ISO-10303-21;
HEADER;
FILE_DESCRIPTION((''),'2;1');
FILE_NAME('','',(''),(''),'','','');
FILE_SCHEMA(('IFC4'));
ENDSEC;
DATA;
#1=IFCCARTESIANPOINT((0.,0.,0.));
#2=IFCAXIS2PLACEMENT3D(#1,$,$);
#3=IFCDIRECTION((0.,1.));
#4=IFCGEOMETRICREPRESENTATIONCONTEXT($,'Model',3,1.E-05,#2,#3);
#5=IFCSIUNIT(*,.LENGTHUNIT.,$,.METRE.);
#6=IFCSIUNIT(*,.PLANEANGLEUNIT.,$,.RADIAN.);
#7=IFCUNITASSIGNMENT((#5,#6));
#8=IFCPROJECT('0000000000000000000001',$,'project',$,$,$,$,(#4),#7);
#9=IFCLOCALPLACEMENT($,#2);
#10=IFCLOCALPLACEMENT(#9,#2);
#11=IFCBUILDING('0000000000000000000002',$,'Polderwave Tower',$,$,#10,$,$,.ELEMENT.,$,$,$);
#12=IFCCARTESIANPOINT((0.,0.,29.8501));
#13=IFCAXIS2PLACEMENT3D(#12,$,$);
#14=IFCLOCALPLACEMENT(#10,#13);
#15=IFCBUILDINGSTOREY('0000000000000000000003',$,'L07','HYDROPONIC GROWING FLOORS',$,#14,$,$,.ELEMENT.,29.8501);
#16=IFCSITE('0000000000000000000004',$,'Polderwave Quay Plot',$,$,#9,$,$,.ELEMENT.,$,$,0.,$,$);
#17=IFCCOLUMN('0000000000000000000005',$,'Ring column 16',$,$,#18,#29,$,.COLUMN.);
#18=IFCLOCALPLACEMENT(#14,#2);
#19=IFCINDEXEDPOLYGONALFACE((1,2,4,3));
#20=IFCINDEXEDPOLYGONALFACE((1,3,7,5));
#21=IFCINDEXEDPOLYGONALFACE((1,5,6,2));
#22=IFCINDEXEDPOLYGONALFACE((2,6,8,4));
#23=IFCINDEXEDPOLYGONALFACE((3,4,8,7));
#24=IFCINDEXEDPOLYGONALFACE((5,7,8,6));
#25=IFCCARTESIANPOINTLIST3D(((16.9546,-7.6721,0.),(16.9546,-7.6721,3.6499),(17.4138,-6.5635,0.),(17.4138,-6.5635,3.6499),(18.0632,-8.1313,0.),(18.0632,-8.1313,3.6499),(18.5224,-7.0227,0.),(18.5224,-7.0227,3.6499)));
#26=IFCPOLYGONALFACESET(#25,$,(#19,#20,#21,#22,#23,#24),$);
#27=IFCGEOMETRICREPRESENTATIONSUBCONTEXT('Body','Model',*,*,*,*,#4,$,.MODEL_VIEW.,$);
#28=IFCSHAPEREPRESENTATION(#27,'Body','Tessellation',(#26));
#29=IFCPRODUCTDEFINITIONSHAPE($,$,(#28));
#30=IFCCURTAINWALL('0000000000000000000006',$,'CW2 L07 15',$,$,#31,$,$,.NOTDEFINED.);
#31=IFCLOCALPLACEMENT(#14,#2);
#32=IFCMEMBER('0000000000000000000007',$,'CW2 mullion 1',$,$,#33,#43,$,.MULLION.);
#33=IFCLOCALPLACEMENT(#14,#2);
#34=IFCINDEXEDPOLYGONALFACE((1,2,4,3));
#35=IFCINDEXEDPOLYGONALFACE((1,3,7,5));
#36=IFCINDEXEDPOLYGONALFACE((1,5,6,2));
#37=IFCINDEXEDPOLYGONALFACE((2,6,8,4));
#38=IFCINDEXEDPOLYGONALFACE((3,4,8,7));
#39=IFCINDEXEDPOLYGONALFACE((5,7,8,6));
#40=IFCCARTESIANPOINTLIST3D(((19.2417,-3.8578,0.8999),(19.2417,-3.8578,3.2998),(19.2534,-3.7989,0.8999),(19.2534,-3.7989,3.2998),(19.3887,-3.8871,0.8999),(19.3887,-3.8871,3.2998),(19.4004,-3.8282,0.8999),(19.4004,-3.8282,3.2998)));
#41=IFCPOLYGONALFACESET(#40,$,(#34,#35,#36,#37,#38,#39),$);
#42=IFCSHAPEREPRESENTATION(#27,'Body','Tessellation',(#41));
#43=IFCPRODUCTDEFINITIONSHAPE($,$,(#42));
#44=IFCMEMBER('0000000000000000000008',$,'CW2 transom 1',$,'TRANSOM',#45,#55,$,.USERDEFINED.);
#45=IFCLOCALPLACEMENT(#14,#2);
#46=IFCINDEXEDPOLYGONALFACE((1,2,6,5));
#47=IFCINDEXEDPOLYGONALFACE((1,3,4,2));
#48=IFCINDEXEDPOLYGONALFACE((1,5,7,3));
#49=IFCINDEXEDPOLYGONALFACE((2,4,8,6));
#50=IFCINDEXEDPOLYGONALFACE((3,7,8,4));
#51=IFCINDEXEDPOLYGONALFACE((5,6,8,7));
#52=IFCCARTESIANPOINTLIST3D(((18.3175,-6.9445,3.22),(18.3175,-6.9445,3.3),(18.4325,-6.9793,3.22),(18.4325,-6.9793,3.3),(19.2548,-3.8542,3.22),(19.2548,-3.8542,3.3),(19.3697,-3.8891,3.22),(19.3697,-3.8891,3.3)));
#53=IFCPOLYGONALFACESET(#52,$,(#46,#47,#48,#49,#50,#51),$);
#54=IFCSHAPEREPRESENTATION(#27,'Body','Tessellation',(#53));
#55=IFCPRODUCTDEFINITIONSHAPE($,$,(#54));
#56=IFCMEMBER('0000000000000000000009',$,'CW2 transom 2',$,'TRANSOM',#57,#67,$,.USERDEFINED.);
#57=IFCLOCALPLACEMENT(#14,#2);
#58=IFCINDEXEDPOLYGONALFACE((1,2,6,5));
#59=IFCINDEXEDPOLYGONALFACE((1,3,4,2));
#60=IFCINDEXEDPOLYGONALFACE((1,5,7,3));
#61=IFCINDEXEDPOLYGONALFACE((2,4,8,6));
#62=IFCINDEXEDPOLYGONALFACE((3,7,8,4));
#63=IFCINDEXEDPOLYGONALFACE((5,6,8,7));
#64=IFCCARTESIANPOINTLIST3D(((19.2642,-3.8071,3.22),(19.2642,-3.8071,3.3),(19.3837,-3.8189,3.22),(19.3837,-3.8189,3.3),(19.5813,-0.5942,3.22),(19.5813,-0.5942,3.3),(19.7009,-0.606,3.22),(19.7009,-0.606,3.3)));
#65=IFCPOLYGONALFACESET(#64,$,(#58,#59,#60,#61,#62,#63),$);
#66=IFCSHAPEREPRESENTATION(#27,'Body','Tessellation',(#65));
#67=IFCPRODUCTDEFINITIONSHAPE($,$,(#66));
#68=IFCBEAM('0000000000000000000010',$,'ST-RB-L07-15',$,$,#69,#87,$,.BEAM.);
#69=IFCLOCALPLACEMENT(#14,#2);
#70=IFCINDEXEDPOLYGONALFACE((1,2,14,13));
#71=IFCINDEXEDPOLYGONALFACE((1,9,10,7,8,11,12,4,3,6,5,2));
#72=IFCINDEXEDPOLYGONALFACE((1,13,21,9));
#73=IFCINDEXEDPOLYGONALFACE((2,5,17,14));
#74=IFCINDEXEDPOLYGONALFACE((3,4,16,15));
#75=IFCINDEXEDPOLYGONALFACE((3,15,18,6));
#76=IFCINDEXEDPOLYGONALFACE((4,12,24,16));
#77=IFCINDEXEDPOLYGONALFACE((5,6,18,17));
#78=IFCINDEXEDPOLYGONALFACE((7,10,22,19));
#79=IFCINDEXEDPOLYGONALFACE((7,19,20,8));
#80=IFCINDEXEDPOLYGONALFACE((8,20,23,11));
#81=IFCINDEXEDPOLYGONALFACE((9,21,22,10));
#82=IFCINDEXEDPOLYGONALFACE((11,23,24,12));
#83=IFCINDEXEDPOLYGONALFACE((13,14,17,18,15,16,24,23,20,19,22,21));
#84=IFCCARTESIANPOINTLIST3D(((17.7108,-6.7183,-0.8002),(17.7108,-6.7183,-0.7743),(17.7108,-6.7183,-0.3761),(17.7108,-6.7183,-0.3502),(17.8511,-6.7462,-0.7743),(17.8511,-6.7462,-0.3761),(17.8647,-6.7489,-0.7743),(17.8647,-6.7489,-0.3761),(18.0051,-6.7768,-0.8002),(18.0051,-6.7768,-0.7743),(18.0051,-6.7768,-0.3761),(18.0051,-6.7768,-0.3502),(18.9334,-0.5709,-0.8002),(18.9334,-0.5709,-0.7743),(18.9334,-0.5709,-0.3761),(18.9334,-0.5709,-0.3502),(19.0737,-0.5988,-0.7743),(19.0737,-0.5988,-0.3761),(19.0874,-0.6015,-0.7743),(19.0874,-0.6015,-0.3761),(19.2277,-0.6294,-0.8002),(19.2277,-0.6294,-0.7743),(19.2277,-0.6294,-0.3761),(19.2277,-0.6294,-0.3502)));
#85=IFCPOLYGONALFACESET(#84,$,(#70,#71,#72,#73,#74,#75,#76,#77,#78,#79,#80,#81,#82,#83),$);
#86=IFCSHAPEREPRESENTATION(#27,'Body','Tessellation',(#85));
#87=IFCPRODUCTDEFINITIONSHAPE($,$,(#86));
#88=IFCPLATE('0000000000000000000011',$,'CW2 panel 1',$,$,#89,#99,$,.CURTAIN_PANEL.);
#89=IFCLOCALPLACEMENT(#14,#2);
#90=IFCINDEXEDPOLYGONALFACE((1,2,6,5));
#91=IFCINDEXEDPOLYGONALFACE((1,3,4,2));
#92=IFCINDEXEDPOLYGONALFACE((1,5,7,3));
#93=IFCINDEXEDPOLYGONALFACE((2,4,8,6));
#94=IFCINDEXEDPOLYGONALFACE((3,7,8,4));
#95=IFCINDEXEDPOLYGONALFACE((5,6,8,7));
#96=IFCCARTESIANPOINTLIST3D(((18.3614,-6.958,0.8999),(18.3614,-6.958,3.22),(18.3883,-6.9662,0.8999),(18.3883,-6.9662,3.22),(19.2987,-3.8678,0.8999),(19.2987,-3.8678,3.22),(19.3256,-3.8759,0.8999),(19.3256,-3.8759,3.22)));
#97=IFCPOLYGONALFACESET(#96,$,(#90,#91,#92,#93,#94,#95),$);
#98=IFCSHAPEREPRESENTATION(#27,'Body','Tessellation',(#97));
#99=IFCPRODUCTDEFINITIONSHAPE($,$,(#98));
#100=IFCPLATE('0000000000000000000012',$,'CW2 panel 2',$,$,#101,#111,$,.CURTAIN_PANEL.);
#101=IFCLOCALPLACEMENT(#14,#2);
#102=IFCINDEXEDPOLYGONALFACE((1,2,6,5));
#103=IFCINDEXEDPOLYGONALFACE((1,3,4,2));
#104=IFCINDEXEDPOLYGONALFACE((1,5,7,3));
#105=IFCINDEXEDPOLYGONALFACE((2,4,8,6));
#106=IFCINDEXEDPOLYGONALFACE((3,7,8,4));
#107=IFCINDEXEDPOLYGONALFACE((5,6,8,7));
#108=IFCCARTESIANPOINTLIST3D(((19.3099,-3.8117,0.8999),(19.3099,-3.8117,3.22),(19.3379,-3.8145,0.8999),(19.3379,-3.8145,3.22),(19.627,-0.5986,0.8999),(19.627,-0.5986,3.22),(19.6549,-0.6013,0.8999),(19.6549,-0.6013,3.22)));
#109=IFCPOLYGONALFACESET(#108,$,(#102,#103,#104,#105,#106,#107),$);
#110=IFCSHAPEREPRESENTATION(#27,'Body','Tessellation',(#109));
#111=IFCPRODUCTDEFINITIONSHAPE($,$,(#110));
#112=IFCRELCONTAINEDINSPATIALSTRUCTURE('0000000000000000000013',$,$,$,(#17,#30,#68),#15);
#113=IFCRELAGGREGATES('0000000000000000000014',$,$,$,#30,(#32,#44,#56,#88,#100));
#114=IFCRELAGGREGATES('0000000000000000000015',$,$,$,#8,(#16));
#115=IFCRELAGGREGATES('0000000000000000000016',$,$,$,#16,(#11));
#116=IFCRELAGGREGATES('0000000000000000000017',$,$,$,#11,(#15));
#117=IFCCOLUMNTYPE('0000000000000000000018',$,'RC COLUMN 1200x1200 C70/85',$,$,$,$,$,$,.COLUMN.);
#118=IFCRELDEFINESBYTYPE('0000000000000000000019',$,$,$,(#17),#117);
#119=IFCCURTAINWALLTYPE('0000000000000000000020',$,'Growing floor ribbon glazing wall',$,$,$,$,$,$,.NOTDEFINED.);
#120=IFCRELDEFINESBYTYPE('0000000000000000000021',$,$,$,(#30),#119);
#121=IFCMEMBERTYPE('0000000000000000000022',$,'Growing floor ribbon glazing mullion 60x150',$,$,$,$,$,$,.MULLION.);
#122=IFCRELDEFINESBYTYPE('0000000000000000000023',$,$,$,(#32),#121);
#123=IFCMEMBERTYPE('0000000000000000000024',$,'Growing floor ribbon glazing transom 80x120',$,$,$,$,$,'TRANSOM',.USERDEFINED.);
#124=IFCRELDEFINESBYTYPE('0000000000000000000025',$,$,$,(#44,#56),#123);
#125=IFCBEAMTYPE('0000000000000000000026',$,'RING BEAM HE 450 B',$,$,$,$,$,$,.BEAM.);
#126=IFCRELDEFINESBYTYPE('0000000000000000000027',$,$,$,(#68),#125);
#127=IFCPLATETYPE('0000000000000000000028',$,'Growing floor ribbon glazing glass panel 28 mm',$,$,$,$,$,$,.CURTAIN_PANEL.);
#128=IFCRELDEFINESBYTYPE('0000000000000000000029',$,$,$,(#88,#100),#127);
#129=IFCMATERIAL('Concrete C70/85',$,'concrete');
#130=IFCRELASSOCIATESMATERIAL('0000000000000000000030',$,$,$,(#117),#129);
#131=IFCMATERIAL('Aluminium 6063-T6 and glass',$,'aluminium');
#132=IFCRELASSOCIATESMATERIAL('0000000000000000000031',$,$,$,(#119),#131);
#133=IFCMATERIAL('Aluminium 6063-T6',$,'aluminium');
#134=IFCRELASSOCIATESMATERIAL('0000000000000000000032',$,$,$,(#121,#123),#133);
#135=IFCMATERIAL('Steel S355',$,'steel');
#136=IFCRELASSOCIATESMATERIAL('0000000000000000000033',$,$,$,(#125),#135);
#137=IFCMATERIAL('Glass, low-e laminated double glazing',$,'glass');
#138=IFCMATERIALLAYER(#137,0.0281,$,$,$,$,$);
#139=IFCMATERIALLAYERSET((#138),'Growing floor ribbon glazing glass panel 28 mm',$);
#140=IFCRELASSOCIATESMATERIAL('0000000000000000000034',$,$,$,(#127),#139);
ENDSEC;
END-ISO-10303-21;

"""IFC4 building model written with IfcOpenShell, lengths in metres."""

from ifc_helpers import new_model, si_unit, direction, frame, origin, origin_2d, place, context, subcontext, project, spatial, rectangle, i_section, extrude, material, layer, layer_set, material_profile, profile_set, type_object, element, aggregate, save


model = new_model("IFC4")

# Units and contexts
model_context = context("Model", 3, precision=1e-05, world=origin(), true_north=direction((0.0, 1.0)))
body_context = subcontext(model_context, "Body", "Model", "MODEL_VIEW")
ifc_project = project(units=[si_unit("LENGTHUNIT", "METRE"), si_unit("PLANEANGLEUNIT", "RADIAN")], contexts=[model_context])

# Site, building, storey
site_placement = place(None, origin())
site = spatial("IfcSite", under=ifc_project, at=site_placement, Name="Polderwave Quay Plot", CompositionType="ELEMENT", RefElevation=0.0)
building_placement = place(site_placement, origin())
building = spatial("IfcBuilding", under=site, at=building_placement, Name="Polderwave Tower", CompositionType="ELEMENT")
storey_placement = place(building_placement, frame((0.0, 0.0, 29.8501)))
storey = spatial("IfcBuildingStorey", under=building, at=storey_placement, Name="L07", Description="HYDROPONIC GROWING FLOORS", CompositionType="ELEMENT", Elevation=29.8501)

# Column
ifc_material_1 = material(Name="Concrete C70/85", Category="concrete")
ifc_material_profile_1 = material_profile(ifc_material_1, rectangle(XDim=1.2, YDim=1.2, at=origin_2d()), Name="RC 1200x1200")
ifc_profile_set_1 = profile_set([ifc_material_profile_1], Name="Concrete C70/85")
column_type = type_object("IfcColumnType", Name="RC COLUMN 1200x1200 C70/85", PredefinedType="COLUMN", material=ifc_profile_set_1)
column_placement = place(storey_placement, frame((17.7385, -7.3474, 0.0), z_axis=(0.0, 0.0, 1.0), x_axis=(0.92388, -0.382683, 0.0)))
element("IfcColumn", 1, at=column_placement, inside=storey, type_object=column_type, Name="Ring column 16", PredefinedType="COLUMN", context=body_context, shape_type="SweptSolid", body=[
    extrude(rectangle(XDim=1.2, YDim=1.2, at=origin_2d()), origin(), (0.0, 0.0, 1.0), 3.6499),
])

# Curtain wall, members
ifc_material_2 = material(Name="Aluminium 6063-T6 and glass", Category="aluminium")
curtain_wall_type = type_object("IfcCurtainWallType", Name="Growing floor ribbon glazing wall", PredefinedType="NOTDEFINED", material=ifc_material_2)
curtain_wall_placement = place(storey_placement, origin())
curtain_wall = element("IfcCurtainWall", 2, at=curtain_wall_placement, inside=storey, type_object=curtain_wall_type, Name="CW2 L07 15", PredefinedType="NOTDEFINED")
ifc_material_3 = material(Name="Aluminium 6063-T6", Category="aluminium")
ifc_material_profile_2 = material_profile(ifc_material_3, rectangle(XDim=0.1499, YDim=0.0601, at=origin_2d()), Name="AL 60x150")
ifc_profile_set_2 = profile_set([ifc_material_profile_2], Name="Aluminium 6063-T6")
member_type_1 = type_object("IfcMemberType", Name="Growing floor ribbon glazing mullion 60x150", PredefinedType="MULLION", material=ifc_profile_set_2)
member_1_placement = place(storey_placement, frame((19.321, -3.843, 0.8999), z_axis=(0.0, 0.0, 1.0), x_axis=(-0.980772, 0.195159, 0.0)))
member_1 = element("IfcMember", 3, at=member_1_placement, type_object=member_type_1, Name="CW2 mullion 1", PredefinedType="MULLION", context=body_context, shape_type="SweptSolid", body=[
    extrude(rectangle(XDim=0.1499, YDim=0.0601, at=origin_2d()), origin(), (0.0, 0.0, 1.0), 2.3999),
])
ifc_material_profile_3 = material_profile(ifc_material_3, rectangle(XDim=0.1201, YDim=0.0801, at=origin_2d()), Name="AL 80x120")
ifc_profile_set_3 = profile_set([ifc_material_profile_3], Name="Aluminium 6063-T6")
member_type_2 = type_object("IfcMemberType", Name="Growing floor ribbon glazing transom 80x120", ElementType="TRANSOM", PredefinedType="USERDEFINED", material=ifc_profile_set_3)
member_2_placement = place(storey_placement, frame((18.375, -6.9619, 3.26), z_axis=(0.290232, 0.956956, 0.0), x_axis=(-0.956956, 0.290232, 0.0)))
member_2 = element("IfcMember", 4, at=member_2_placement, type_object=member_type_2, Name="CW2 transom 1", ObjectType="TRANSOM", PredefinedType="USERDEFINED", context=body_context, shape_type="SweptSolid", body=[
    extrude(rectangle(XDim=0.1201, YDim=0.0801, at=origin_2d()), origin(), (0.0, 0.0, 1.0), 3.2292),
])
member_3_placement = place(storey_placement, frame((19.324, -3.813, 3.26), z_axis=(0.098231, 0.995164, 0.0), x_axis=(-0.995164, 0.098231, 0.0)))
member_3 = element("IfcMember", 5, at=member_3_placement, type_object=member_type_2, Name="CW2 transom 2", ObjectType="TRANSOM", PredefinedType="USERDEFINED", context=body_context, shape_type="SweptSolid", body=[
    extrude(rectangle(XDim=0.1201, YDim=0.0801, at=origin_2d()), origin(), (0.0, 0.0, 1.0), 3.2285),
])

# Beam
ifc_material_4 = material(Name="Steel S355", Category="steel")
ifc_material_profile_4 = material_profile(ifc_material_4, i_section(OverallWidth=0.3, OverallDepth=0.45, WebThickness=0.0139, FlangeThickness=0.0259, at=origin_2d()), Name="HE 450 B")
ifc_profile_set_4 = profile_set([ifc_material_profile_4], Name="Steel S355")
beam_type = type_object("IfcBeamType", Name="RING BEAM HE 450 B", PredefinedType="BEAM", material=ifc_profile_set_4)
beam_placement = place(storey_placement, frame((17.8579, -6.7476, -0.5752), z_axis=(0.195067, 0.98079, 0.0), x_axis=(-0.98079, 0.195067, 0.0)))
element("IfcBeam", 6, at=beam_placement, inside=storey, type_object=beam_type, Name="ST-RB-L07-15", PredefinedType="BEAM", context=body_context, shape_type="SweptSolid", body=[
    extrude(i_section(OverallWidth=0.3, OverallDepth=0.45, WebThickness=0.0139, FlangeThickness=0.0259, at=origin_2d()), origin(), (0.0, 0.0, 1.0), 6.2678),
])

# Plates
ifc_material_5 = material(Name="Glass, low-e laminated double glazing", Category="glass")
ifc_layer_1 = layer(ifc_material_5, 0.0281)
ifc_layer_set_1 = layer_set([ifc_layer_1], Name="Growing floor ribbon glazing glass panel 28 mm")
plate_type = type_object("IfcPlateType", Name="Growing floor ribbon glazing glass panel 28 mm", PredefinedType="CURTAIN_PANEL", material=ifc_layer_set_1)
plate_1_placement = place(storey_placement, frame((18.8435, -5.417, 0.8999), z_axis=(0.0, 0.0, 1.0), x_axis=(0.290246, 0.956952, 0.0)))
plate_1 = element("IfcPlate", 7, at=plate_1_placement, type_object=plate_type, Name="CW2 panel 1", PredefinedType="CURTAIN_PANEL", context=body_context, shape_type="SweptSolid", body=[
    extrude(rectangle(XDim=3.2292, YDim=0.0281, at=origin_2d()), origin(), (0.0, 0.0, 1.0), 2.3201),
])
plate_2_placement = place(storey_placement, frame((19.4824, -2.2065, 0.8999), z_axis=(0.0, 0.0, 1.0), x_axis=(0.098198, 0.995167, 0.0)))
plate_2 = element("IfcPlate", 8, at=plate_2_placement, type_object=plate_type, Name="CW2 panel 2", PredefinedType="CURTAIN_PANEL", context=body_context, shape_type="SweptSolid", body=[
    extrude(rectangle(XDim=3.2288, YDim=0.0281, at=origin_2d()), origin(), (0.0, 0.0, 1.0), 2.3201),
])
aggregate(curtain_wall, [member_1, member_2, member_3, plate_1, plate_2])

save(model, "model.ifc")
